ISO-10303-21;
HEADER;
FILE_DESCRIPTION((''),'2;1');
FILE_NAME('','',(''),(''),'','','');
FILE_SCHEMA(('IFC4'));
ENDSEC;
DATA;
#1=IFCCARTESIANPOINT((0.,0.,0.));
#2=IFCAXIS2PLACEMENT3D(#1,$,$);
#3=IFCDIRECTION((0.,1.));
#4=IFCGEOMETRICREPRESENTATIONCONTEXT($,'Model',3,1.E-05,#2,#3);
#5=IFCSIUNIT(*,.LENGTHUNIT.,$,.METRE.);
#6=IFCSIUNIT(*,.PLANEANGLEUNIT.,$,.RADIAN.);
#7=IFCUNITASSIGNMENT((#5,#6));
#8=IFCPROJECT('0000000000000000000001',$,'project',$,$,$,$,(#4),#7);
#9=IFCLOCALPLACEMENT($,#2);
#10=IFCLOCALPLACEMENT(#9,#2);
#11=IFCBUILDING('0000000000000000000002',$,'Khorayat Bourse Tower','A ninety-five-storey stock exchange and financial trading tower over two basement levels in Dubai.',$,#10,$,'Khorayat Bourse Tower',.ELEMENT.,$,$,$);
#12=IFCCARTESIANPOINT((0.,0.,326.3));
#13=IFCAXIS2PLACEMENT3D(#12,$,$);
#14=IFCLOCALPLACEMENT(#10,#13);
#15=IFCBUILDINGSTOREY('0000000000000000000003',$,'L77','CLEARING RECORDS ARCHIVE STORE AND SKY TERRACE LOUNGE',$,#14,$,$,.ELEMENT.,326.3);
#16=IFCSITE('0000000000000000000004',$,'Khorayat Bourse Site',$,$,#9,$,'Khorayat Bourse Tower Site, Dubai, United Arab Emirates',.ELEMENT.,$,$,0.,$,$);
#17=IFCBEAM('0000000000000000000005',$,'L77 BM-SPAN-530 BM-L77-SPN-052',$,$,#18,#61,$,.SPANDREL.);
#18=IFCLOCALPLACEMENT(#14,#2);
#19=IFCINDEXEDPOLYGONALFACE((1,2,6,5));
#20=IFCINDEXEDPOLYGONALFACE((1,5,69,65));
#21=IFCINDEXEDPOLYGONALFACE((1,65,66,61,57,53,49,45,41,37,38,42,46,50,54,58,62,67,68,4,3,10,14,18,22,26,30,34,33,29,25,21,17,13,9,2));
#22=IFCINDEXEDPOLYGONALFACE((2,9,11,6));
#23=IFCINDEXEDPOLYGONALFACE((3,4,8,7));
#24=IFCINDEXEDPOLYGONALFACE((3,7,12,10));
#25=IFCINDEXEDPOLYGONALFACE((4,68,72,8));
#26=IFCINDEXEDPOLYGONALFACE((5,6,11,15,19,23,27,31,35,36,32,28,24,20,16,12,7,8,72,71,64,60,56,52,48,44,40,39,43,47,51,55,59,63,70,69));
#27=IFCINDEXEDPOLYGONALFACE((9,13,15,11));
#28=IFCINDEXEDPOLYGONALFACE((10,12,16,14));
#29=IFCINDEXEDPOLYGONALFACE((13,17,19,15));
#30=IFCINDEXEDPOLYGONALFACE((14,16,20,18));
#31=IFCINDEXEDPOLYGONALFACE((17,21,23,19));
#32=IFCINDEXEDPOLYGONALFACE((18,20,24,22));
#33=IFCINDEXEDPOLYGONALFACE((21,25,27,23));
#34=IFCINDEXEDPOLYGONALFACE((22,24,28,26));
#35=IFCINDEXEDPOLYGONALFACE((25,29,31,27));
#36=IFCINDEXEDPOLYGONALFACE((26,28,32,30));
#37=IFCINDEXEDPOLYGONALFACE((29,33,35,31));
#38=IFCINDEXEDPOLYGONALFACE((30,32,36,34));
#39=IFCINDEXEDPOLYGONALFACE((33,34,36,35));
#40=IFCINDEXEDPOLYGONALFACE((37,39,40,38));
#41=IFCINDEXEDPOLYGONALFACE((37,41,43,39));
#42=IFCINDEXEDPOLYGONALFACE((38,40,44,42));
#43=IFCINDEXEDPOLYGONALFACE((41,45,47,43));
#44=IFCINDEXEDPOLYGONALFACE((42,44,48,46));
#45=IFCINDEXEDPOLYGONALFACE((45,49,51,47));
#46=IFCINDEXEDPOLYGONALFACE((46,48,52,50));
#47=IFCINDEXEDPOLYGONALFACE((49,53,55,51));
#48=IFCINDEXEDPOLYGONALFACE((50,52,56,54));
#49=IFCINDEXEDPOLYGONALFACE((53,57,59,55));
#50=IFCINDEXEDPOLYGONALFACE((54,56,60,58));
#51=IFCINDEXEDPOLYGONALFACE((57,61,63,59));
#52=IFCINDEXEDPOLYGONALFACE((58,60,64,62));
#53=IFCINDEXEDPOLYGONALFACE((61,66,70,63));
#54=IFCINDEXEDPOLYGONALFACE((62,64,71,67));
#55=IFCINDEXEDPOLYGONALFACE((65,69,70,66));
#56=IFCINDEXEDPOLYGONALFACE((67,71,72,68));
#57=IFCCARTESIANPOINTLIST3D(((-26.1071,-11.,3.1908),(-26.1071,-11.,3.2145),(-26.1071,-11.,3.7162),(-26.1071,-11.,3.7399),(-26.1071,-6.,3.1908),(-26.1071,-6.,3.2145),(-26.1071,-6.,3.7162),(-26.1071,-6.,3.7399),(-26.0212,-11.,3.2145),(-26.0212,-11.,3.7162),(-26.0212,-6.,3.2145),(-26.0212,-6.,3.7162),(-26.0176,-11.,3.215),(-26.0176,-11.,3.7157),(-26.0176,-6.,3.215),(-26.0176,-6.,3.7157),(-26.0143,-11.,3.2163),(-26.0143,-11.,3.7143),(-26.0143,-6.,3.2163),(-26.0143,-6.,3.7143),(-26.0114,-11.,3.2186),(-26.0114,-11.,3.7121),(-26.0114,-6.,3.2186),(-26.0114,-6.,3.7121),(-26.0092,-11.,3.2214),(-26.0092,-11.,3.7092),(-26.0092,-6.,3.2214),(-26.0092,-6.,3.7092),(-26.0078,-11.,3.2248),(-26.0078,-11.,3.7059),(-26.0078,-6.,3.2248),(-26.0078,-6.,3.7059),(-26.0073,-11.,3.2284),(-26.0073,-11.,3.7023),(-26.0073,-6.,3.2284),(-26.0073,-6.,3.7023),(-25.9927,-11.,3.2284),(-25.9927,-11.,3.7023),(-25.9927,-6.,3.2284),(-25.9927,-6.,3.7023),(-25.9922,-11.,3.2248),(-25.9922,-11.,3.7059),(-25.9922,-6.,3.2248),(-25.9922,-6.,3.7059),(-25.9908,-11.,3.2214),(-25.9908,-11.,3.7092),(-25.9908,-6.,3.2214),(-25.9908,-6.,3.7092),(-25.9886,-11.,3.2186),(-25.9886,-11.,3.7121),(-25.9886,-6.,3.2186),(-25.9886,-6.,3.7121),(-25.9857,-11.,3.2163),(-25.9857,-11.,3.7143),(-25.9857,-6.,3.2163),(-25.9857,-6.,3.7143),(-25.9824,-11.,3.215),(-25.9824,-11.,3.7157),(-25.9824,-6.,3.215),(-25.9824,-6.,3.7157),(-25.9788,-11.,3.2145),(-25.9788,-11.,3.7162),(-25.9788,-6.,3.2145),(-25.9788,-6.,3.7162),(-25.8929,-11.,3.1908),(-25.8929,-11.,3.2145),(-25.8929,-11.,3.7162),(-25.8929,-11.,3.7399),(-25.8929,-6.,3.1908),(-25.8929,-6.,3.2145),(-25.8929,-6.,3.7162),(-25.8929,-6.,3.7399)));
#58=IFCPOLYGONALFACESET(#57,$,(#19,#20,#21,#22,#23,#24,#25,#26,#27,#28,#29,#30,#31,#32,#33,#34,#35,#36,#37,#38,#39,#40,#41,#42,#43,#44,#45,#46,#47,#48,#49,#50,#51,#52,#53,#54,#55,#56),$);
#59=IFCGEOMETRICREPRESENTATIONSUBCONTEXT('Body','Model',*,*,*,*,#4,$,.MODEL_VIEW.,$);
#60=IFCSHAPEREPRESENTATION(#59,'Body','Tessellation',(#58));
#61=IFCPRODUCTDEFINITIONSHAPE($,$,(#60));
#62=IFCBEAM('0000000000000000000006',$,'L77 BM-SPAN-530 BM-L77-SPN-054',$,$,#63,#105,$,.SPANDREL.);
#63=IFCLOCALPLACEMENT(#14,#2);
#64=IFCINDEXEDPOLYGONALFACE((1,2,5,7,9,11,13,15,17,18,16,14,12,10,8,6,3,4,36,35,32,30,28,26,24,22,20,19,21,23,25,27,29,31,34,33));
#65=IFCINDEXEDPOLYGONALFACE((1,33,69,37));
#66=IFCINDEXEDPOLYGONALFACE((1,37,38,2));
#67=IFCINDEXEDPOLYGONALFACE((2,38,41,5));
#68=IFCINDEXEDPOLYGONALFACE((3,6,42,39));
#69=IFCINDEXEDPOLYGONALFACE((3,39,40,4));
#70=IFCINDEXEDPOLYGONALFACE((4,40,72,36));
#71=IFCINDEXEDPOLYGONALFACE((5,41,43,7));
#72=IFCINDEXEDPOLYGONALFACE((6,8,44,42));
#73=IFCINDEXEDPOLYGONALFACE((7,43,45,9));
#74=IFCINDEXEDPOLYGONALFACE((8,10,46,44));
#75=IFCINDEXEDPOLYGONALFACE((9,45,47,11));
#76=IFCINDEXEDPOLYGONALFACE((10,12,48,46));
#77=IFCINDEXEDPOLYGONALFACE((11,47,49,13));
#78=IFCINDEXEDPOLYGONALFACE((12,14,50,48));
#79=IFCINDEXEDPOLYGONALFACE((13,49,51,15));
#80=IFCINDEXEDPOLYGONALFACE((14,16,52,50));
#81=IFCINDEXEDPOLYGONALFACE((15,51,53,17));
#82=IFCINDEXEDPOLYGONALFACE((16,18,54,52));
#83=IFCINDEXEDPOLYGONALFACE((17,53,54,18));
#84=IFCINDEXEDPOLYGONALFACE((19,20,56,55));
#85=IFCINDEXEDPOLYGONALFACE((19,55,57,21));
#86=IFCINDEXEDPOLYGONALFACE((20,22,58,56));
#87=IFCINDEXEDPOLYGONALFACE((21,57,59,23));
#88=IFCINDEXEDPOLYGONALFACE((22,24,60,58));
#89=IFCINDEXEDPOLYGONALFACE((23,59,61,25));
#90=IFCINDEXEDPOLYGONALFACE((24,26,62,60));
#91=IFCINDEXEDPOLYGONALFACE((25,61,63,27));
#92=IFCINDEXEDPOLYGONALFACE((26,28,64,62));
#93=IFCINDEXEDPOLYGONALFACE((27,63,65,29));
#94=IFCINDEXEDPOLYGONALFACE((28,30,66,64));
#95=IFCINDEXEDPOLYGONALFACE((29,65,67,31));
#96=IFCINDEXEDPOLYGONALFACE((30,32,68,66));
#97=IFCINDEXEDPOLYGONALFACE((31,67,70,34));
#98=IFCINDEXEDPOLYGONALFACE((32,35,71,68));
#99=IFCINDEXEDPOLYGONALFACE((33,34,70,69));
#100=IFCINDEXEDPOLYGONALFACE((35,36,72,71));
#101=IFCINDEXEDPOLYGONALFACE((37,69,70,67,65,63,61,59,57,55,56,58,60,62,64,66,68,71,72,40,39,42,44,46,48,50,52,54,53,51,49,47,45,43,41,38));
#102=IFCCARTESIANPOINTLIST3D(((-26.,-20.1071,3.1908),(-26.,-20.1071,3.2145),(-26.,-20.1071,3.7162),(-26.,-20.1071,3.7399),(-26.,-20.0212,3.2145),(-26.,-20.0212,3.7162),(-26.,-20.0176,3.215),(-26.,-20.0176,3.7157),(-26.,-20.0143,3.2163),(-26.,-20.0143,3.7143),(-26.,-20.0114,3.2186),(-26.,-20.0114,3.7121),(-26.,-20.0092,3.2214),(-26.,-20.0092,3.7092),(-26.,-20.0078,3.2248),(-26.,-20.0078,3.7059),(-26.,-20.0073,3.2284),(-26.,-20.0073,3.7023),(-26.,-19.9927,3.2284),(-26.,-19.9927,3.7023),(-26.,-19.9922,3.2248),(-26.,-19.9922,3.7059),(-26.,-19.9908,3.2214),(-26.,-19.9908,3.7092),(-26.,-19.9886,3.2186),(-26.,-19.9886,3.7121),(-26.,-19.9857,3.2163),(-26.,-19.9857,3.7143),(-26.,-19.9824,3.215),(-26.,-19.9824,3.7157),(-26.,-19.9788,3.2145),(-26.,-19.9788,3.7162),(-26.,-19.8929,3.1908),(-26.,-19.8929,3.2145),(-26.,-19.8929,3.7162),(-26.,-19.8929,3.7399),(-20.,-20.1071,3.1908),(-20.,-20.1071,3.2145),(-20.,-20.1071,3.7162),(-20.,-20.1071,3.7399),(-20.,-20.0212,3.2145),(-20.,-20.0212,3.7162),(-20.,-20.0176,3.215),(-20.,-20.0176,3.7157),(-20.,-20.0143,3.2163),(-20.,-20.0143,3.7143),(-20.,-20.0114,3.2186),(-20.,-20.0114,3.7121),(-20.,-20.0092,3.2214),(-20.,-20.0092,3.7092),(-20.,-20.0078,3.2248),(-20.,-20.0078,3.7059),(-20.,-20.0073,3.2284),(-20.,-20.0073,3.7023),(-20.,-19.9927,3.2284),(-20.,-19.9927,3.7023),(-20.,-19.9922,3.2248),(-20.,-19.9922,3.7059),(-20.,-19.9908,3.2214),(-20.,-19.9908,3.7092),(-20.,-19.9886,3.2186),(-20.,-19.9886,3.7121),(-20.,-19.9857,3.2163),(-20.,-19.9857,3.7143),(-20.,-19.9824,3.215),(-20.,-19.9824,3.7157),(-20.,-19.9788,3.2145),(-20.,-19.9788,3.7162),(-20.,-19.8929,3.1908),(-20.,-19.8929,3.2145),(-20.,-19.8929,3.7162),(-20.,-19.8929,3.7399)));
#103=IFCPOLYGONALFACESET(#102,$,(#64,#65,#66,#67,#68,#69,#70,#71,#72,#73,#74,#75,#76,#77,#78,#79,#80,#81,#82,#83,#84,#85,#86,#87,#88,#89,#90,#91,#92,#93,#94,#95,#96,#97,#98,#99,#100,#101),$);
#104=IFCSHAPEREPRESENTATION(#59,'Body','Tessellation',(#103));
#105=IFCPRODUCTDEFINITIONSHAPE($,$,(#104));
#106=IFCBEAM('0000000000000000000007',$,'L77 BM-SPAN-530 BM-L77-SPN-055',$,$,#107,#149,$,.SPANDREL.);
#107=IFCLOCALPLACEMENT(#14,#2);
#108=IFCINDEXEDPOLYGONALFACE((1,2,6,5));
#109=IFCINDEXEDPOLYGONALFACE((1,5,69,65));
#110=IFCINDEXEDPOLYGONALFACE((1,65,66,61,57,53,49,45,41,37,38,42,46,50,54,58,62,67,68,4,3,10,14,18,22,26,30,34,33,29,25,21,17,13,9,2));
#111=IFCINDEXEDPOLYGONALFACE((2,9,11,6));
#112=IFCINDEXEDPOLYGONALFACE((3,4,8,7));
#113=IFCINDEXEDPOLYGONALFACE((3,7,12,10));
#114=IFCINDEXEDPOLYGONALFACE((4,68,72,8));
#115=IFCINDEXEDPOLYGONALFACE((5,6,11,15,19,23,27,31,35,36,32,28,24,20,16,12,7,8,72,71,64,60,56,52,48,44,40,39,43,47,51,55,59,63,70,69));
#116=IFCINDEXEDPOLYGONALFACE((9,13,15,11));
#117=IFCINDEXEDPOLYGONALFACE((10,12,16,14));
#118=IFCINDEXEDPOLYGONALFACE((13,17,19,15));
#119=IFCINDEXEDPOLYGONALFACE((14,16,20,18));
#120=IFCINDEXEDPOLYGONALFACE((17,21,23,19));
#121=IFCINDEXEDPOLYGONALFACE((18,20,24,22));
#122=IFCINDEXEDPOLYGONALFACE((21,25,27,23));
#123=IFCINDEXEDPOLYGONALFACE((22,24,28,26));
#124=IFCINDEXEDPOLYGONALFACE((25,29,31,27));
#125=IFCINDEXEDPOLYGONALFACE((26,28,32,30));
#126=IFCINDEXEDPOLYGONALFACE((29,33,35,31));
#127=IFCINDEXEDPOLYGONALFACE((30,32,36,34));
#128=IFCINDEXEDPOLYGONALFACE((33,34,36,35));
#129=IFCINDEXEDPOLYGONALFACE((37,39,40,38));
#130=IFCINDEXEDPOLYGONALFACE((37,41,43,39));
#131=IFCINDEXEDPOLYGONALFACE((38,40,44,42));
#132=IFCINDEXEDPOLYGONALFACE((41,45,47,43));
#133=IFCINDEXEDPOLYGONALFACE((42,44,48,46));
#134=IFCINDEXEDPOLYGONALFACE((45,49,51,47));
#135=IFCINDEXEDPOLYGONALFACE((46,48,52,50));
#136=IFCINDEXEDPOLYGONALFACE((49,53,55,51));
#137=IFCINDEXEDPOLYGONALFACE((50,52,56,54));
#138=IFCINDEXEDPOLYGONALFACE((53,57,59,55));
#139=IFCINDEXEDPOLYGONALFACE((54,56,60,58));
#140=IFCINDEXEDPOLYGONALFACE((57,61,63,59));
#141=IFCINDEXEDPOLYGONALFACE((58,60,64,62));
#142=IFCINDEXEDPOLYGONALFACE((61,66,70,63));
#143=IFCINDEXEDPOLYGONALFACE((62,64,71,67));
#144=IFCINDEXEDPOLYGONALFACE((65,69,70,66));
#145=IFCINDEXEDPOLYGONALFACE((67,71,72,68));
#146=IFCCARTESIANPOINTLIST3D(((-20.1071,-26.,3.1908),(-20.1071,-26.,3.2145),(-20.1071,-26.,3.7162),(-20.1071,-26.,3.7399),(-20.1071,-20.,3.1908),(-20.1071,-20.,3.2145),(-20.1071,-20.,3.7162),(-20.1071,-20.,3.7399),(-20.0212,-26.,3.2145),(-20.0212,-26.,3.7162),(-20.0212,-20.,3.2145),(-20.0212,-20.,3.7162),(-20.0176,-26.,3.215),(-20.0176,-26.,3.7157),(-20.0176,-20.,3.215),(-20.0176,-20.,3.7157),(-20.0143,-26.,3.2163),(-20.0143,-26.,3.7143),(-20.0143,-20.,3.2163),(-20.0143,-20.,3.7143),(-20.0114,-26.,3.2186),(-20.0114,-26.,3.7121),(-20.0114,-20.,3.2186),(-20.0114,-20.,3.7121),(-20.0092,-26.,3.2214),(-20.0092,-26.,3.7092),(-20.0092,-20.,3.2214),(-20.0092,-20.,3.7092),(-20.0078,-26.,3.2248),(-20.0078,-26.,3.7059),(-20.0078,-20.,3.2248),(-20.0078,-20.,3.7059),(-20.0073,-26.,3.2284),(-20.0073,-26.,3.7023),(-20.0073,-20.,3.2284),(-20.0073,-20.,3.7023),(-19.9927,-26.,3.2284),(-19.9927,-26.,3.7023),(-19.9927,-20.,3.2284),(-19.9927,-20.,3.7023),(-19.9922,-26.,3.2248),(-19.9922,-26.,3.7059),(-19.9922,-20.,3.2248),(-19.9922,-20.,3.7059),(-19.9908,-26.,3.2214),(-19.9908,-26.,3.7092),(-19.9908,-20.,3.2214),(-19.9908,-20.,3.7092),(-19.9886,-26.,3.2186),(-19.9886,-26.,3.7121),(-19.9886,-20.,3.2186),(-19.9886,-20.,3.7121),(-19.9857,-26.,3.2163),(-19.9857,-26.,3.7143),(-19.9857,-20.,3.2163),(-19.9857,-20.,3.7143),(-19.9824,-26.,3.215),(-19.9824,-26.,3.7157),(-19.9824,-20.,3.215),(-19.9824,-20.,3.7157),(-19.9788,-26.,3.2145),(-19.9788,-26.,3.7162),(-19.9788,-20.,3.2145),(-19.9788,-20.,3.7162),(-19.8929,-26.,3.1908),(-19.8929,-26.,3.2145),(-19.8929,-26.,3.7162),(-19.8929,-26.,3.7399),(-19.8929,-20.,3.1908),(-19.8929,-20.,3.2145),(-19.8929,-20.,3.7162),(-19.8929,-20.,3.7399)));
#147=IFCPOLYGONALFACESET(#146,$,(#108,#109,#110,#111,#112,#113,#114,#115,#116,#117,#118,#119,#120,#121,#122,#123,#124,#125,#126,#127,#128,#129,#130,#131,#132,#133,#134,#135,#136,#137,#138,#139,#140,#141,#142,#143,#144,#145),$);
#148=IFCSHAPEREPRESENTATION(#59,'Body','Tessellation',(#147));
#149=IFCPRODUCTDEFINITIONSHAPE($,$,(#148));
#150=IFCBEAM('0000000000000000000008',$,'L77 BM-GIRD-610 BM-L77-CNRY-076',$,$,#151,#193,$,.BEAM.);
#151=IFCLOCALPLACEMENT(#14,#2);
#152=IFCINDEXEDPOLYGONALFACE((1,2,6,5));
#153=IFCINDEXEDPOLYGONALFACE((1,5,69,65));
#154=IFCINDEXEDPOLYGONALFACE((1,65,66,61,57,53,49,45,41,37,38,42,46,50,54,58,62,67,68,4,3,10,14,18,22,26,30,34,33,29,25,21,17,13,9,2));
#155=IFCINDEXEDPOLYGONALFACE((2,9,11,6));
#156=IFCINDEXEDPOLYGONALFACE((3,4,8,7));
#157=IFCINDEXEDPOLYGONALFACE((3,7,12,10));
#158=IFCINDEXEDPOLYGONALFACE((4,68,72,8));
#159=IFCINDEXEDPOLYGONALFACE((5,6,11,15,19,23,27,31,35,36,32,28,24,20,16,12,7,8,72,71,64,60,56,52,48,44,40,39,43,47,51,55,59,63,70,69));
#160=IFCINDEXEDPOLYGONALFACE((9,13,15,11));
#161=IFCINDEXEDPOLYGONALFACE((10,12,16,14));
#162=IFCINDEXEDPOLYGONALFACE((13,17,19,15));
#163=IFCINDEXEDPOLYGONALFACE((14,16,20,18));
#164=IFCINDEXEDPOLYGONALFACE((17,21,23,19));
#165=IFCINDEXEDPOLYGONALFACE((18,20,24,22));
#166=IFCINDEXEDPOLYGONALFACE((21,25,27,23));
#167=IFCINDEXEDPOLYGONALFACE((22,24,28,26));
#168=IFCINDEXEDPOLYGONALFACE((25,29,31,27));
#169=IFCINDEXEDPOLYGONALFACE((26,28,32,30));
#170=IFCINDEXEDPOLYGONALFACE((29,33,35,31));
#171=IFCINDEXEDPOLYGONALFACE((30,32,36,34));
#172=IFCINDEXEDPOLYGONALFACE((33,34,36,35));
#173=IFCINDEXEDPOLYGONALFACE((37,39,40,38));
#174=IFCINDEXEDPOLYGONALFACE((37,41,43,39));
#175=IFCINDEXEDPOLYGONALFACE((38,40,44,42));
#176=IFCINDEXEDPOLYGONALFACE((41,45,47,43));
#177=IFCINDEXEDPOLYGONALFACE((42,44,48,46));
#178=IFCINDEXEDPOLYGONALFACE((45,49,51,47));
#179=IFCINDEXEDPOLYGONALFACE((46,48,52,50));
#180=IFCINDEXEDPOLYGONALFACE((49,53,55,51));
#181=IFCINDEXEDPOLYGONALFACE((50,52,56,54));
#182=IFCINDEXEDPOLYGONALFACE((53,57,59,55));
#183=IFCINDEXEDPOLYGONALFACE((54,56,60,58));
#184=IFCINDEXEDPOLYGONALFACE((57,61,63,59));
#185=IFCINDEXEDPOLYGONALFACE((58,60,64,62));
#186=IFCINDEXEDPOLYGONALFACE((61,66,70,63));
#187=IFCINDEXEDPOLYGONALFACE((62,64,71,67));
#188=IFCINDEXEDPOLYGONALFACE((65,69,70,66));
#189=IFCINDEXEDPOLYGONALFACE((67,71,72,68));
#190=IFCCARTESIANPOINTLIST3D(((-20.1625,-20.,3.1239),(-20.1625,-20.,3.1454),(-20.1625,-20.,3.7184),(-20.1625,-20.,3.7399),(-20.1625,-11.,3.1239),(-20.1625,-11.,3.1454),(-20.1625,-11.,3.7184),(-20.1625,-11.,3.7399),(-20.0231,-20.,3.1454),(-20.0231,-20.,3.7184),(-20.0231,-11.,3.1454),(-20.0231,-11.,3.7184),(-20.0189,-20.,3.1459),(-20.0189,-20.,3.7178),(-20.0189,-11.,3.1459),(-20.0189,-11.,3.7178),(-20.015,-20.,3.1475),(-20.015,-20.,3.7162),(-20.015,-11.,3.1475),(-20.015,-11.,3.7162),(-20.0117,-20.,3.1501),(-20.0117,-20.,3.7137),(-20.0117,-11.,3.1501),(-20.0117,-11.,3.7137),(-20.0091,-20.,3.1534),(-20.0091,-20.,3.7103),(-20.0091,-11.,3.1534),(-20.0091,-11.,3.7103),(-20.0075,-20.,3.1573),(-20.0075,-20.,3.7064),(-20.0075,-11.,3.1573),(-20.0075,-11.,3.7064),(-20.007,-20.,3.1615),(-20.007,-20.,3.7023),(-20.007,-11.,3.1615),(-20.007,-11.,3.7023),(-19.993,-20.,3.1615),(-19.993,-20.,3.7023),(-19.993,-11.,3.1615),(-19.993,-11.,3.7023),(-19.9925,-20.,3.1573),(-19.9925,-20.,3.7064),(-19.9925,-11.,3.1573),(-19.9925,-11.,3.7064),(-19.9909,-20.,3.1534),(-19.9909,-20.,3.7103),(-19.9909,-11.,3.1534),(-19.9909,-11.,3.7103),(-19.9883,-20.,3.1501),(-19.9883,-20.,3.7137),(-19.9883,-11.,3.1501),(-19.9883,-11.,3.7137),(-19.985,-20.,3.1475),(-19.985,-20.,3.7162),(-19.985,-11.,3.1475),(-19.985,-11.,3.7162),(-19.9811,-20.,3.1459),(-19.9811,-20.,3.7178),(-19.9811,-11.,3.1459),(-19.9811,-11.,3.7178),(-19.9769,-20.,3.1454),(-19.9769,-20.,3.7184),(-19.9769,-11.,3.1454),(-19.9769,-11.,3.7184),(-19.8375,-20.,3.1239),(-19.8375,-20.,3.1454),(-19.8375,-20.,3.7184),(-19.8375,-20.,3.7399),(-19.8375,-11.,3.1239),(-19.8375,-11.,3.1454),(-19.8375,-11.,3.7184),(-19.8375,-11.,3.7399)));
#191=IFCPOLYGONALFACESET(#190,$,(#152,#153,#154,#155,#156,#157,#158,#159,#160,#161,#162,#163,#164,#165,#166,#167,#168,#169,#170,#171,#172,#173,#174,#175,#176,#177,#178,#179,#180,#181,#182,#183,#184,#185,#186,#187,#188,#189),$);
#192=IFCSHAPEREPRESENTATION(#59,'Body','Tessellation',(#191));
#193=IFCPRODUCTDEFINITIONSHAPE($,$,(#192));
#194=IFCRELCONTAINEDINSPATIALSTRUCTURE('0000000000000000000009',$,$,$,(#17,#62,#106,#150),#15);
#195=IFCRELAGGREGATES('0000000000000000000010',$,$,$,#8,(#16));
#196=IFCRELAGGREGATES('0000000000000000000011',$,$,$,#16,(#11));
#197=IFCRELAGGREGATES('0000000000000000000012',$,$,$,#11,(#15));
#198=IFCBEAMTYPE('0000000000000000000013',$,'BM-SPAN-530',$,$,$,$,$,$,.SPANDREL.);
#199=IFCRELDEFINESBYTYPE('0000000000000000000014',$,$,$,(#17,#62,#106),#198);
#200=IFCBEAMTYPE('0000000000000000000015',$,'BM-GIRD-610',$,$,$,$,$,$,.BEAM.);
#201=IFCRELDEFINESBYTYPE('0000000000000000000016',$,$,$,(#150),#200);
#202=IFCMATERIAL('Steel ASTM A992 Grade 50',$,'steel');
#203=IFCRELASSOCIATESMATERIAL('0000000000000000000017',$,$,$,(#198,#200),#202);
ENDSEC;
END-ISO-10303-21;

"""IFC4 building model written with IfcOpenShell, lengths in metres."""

from ifc_helpers import new_model, si_unit, direction, frame, origin, origin_2d, place, context, subcontext, project, spatial, i_section, extrude, source, transform, mapped, material, material_profile, profile_set, type_object, element, save


model = new_model("IFC4")

# Units and contexts
model_context = context("Model", 3, precision=1e-05, world=origin(), true_north=direction((0.0, 1.0)))
body_context = subcontext(model_context, "Body", "Model", "MODEL_VIEW")
ifc_project = project(units=[si_unit("LENGTHUNIT", "METRE"), si_unit("PLANEANGLEUNIT", "RADIAN")], contexts=[model_context])

# Site, building, storey
site_placement = place(None, origin())
site = spatial("IfcSite", under=ifc_project, at=site_placement, Name="Khorayat Bourse Site", LongName="Khorayat Bourse Tower Site, Dubai, United Arab Emirates", CompositionType="ELEMENT", RefElevation=0.0)
building_placement = place(site_placement, origin())
building = spatial("IfcBuilding", under=site, at=building_placement, Name="Khorayat Bourse Tower", Description="A ninety-five-storey stock exchange and financial trading tower over two basement levels in Dubai.", LongName="Khorayat Bourse Tower", CompositionType="ELEMENT")
storey_placement = place(building_placement, frame((0.0, 0.0, 326.3)))
storey = spatial("IfcBuildingStorey", under=building, at=storey_placement, Name="L77", Description="CLEARING RECORDS ARCHIVE STORE AND SKY TERRACE LOUNGE", CompositionType="ELEMENT", Elevation=326.3)

# Beams
ifc_material_1 = material(Name="Steel ASTM A992 Grade 50", Category="steel")
ifc_material_profile_1 = material_profile(ifc_material_1, i_section(OverallWidth=0.2141, OverallDepth=0.5491, WebThickness=0.0146, FlangeThickness=0.0237, FilletRadius=0.0139, at=origin_2d()), Name="W530X138")
ifc_profile_set_1 = profile_set([ifc_material_profile_1], Name="Steel ASTM A992 Grade 50")
beam_type_1 = type_object("IfcBeamType", Name="BM-SPAN-530", PredefinedType="SPANDREL", material=ifc_profile_set_1)
shared_shape_1 = source(origin(), body_context, "Body", "SweptSolid", [
    extrude(i_section(OverallWidth=0.2141, OverallDepth=0.5491, WebThickness=0.0146, FlangeThickness=0.0237, FilletRadius=0.0139, at=origin_2d()), origin(), (0.0, 0.0, 1.0), 5.0),
])
beam_1_placement = place(storey_placement, frame((-26.0, -11.0, 3.4653), z_axis=(0.0, 1.0, 0.0), x_axis=(-1.0, 0.0, 0.0)))
element("IfcBeam", 1, at=beam_1_placement, inside=storey, type_object=beam_type_1, Name="L77 BM-SPAN-530 BM-L77-SPN-052", PredefinedType="SPANDREL", context=body_context, shape_type="MappedRepresentation", body=[
    mapped(shared_shape_1, transform((0.0, 0.0, 0.0), scale=1.0)),
])
shared_shape_2 = source(origin(), body_context, "Body", "SweptSolid", [
    extrude(i_section(OverallWidth=0.2141, OverallDepth=0.5491, WebThickness=0.0146, FlangeThickness=0.0237, FilletRadius=0.0139, at=origin_2d()), origin(), (0.0, 0.0, 1.0), 6.0),
])
for number, where, z_axis, x_axis, name in (
    (2, (-26.0, -20.0, 3.4653), (1.0, 0.0, 0.0), (0.0, 1.0, 0.0), "L77 BM-SPAN-530 BM-L77-SPN-054"),
    (3, (-20.0, -26.0, 3.4653), (0.0, 1.0, 0.0), (-1.0, 0.0, 0.0), "L77 BM-SPAN-530 BM-L77-SPN-055"),
):
    element("IfcBeam", number, at=place(storey_placement, frame(where, z_axis=z_axis, x_axis=x_axis)), inside=storey, type_object=beam_type_1, Name=name, PredefinedType="SPANDREL", context=body_context, shape_type="MappedRepresentation", body=[
        mapped(shared_shape_2, transform((0.0, 0.0, 0.0), scale=1.0)),
    ])
ifc_material_profile_2 = material_profile(ifc_material_1, i_section(OverallWidth=0.325, OverallDepth=0.616, WebThickness=0.0139, FlangeThickness=0.0215, FilletRadius=0.0161, at=origin_2d()), Name="W610X174")
ifc_profile_set_2 = profile_set([ifc_material_profile_2], Name="Steel ASTM A992 Grade 50")
beam_type_2 = type_object("IfcBeamType", Name="BM-GIRD-610", PredefinedType="BEAM", material=ifc_profile_set_2)
shared_shape_3 = source(origin(), body_context, "Body", "SweptSolid", [
    extrude(i_section(OverallWidth=0.325, OverallDepth=0.616, WebThickness=0.0139, FlangeThickness=0.0215, FilletRadius=0.0161, at=origin_2d()), origin(), (0.0, 0.0, 1.0), 9.0),
])
beam_2_placement = place(storey_placement, frame((-20.0, -20.0, 3.4319), z_axis=(0.0, 1.0, 0.0), x_axis=(-1.0, 0.0, 0.0)))
element("IfcBeam", 4, at=beam_2_placement, inside=storey, type_object=beam_type_2, Name="L77 BM-GIRD-610 BM-L77-CNRY-076", PredefinedType="BEAM", context=body_context, shape_type="MappedRepresentation", body=[
    mapped(shared_shape_3, transform((0.0, 0.0, 0.0), scale=1.0)),
])

save(model, "model.ifc")
